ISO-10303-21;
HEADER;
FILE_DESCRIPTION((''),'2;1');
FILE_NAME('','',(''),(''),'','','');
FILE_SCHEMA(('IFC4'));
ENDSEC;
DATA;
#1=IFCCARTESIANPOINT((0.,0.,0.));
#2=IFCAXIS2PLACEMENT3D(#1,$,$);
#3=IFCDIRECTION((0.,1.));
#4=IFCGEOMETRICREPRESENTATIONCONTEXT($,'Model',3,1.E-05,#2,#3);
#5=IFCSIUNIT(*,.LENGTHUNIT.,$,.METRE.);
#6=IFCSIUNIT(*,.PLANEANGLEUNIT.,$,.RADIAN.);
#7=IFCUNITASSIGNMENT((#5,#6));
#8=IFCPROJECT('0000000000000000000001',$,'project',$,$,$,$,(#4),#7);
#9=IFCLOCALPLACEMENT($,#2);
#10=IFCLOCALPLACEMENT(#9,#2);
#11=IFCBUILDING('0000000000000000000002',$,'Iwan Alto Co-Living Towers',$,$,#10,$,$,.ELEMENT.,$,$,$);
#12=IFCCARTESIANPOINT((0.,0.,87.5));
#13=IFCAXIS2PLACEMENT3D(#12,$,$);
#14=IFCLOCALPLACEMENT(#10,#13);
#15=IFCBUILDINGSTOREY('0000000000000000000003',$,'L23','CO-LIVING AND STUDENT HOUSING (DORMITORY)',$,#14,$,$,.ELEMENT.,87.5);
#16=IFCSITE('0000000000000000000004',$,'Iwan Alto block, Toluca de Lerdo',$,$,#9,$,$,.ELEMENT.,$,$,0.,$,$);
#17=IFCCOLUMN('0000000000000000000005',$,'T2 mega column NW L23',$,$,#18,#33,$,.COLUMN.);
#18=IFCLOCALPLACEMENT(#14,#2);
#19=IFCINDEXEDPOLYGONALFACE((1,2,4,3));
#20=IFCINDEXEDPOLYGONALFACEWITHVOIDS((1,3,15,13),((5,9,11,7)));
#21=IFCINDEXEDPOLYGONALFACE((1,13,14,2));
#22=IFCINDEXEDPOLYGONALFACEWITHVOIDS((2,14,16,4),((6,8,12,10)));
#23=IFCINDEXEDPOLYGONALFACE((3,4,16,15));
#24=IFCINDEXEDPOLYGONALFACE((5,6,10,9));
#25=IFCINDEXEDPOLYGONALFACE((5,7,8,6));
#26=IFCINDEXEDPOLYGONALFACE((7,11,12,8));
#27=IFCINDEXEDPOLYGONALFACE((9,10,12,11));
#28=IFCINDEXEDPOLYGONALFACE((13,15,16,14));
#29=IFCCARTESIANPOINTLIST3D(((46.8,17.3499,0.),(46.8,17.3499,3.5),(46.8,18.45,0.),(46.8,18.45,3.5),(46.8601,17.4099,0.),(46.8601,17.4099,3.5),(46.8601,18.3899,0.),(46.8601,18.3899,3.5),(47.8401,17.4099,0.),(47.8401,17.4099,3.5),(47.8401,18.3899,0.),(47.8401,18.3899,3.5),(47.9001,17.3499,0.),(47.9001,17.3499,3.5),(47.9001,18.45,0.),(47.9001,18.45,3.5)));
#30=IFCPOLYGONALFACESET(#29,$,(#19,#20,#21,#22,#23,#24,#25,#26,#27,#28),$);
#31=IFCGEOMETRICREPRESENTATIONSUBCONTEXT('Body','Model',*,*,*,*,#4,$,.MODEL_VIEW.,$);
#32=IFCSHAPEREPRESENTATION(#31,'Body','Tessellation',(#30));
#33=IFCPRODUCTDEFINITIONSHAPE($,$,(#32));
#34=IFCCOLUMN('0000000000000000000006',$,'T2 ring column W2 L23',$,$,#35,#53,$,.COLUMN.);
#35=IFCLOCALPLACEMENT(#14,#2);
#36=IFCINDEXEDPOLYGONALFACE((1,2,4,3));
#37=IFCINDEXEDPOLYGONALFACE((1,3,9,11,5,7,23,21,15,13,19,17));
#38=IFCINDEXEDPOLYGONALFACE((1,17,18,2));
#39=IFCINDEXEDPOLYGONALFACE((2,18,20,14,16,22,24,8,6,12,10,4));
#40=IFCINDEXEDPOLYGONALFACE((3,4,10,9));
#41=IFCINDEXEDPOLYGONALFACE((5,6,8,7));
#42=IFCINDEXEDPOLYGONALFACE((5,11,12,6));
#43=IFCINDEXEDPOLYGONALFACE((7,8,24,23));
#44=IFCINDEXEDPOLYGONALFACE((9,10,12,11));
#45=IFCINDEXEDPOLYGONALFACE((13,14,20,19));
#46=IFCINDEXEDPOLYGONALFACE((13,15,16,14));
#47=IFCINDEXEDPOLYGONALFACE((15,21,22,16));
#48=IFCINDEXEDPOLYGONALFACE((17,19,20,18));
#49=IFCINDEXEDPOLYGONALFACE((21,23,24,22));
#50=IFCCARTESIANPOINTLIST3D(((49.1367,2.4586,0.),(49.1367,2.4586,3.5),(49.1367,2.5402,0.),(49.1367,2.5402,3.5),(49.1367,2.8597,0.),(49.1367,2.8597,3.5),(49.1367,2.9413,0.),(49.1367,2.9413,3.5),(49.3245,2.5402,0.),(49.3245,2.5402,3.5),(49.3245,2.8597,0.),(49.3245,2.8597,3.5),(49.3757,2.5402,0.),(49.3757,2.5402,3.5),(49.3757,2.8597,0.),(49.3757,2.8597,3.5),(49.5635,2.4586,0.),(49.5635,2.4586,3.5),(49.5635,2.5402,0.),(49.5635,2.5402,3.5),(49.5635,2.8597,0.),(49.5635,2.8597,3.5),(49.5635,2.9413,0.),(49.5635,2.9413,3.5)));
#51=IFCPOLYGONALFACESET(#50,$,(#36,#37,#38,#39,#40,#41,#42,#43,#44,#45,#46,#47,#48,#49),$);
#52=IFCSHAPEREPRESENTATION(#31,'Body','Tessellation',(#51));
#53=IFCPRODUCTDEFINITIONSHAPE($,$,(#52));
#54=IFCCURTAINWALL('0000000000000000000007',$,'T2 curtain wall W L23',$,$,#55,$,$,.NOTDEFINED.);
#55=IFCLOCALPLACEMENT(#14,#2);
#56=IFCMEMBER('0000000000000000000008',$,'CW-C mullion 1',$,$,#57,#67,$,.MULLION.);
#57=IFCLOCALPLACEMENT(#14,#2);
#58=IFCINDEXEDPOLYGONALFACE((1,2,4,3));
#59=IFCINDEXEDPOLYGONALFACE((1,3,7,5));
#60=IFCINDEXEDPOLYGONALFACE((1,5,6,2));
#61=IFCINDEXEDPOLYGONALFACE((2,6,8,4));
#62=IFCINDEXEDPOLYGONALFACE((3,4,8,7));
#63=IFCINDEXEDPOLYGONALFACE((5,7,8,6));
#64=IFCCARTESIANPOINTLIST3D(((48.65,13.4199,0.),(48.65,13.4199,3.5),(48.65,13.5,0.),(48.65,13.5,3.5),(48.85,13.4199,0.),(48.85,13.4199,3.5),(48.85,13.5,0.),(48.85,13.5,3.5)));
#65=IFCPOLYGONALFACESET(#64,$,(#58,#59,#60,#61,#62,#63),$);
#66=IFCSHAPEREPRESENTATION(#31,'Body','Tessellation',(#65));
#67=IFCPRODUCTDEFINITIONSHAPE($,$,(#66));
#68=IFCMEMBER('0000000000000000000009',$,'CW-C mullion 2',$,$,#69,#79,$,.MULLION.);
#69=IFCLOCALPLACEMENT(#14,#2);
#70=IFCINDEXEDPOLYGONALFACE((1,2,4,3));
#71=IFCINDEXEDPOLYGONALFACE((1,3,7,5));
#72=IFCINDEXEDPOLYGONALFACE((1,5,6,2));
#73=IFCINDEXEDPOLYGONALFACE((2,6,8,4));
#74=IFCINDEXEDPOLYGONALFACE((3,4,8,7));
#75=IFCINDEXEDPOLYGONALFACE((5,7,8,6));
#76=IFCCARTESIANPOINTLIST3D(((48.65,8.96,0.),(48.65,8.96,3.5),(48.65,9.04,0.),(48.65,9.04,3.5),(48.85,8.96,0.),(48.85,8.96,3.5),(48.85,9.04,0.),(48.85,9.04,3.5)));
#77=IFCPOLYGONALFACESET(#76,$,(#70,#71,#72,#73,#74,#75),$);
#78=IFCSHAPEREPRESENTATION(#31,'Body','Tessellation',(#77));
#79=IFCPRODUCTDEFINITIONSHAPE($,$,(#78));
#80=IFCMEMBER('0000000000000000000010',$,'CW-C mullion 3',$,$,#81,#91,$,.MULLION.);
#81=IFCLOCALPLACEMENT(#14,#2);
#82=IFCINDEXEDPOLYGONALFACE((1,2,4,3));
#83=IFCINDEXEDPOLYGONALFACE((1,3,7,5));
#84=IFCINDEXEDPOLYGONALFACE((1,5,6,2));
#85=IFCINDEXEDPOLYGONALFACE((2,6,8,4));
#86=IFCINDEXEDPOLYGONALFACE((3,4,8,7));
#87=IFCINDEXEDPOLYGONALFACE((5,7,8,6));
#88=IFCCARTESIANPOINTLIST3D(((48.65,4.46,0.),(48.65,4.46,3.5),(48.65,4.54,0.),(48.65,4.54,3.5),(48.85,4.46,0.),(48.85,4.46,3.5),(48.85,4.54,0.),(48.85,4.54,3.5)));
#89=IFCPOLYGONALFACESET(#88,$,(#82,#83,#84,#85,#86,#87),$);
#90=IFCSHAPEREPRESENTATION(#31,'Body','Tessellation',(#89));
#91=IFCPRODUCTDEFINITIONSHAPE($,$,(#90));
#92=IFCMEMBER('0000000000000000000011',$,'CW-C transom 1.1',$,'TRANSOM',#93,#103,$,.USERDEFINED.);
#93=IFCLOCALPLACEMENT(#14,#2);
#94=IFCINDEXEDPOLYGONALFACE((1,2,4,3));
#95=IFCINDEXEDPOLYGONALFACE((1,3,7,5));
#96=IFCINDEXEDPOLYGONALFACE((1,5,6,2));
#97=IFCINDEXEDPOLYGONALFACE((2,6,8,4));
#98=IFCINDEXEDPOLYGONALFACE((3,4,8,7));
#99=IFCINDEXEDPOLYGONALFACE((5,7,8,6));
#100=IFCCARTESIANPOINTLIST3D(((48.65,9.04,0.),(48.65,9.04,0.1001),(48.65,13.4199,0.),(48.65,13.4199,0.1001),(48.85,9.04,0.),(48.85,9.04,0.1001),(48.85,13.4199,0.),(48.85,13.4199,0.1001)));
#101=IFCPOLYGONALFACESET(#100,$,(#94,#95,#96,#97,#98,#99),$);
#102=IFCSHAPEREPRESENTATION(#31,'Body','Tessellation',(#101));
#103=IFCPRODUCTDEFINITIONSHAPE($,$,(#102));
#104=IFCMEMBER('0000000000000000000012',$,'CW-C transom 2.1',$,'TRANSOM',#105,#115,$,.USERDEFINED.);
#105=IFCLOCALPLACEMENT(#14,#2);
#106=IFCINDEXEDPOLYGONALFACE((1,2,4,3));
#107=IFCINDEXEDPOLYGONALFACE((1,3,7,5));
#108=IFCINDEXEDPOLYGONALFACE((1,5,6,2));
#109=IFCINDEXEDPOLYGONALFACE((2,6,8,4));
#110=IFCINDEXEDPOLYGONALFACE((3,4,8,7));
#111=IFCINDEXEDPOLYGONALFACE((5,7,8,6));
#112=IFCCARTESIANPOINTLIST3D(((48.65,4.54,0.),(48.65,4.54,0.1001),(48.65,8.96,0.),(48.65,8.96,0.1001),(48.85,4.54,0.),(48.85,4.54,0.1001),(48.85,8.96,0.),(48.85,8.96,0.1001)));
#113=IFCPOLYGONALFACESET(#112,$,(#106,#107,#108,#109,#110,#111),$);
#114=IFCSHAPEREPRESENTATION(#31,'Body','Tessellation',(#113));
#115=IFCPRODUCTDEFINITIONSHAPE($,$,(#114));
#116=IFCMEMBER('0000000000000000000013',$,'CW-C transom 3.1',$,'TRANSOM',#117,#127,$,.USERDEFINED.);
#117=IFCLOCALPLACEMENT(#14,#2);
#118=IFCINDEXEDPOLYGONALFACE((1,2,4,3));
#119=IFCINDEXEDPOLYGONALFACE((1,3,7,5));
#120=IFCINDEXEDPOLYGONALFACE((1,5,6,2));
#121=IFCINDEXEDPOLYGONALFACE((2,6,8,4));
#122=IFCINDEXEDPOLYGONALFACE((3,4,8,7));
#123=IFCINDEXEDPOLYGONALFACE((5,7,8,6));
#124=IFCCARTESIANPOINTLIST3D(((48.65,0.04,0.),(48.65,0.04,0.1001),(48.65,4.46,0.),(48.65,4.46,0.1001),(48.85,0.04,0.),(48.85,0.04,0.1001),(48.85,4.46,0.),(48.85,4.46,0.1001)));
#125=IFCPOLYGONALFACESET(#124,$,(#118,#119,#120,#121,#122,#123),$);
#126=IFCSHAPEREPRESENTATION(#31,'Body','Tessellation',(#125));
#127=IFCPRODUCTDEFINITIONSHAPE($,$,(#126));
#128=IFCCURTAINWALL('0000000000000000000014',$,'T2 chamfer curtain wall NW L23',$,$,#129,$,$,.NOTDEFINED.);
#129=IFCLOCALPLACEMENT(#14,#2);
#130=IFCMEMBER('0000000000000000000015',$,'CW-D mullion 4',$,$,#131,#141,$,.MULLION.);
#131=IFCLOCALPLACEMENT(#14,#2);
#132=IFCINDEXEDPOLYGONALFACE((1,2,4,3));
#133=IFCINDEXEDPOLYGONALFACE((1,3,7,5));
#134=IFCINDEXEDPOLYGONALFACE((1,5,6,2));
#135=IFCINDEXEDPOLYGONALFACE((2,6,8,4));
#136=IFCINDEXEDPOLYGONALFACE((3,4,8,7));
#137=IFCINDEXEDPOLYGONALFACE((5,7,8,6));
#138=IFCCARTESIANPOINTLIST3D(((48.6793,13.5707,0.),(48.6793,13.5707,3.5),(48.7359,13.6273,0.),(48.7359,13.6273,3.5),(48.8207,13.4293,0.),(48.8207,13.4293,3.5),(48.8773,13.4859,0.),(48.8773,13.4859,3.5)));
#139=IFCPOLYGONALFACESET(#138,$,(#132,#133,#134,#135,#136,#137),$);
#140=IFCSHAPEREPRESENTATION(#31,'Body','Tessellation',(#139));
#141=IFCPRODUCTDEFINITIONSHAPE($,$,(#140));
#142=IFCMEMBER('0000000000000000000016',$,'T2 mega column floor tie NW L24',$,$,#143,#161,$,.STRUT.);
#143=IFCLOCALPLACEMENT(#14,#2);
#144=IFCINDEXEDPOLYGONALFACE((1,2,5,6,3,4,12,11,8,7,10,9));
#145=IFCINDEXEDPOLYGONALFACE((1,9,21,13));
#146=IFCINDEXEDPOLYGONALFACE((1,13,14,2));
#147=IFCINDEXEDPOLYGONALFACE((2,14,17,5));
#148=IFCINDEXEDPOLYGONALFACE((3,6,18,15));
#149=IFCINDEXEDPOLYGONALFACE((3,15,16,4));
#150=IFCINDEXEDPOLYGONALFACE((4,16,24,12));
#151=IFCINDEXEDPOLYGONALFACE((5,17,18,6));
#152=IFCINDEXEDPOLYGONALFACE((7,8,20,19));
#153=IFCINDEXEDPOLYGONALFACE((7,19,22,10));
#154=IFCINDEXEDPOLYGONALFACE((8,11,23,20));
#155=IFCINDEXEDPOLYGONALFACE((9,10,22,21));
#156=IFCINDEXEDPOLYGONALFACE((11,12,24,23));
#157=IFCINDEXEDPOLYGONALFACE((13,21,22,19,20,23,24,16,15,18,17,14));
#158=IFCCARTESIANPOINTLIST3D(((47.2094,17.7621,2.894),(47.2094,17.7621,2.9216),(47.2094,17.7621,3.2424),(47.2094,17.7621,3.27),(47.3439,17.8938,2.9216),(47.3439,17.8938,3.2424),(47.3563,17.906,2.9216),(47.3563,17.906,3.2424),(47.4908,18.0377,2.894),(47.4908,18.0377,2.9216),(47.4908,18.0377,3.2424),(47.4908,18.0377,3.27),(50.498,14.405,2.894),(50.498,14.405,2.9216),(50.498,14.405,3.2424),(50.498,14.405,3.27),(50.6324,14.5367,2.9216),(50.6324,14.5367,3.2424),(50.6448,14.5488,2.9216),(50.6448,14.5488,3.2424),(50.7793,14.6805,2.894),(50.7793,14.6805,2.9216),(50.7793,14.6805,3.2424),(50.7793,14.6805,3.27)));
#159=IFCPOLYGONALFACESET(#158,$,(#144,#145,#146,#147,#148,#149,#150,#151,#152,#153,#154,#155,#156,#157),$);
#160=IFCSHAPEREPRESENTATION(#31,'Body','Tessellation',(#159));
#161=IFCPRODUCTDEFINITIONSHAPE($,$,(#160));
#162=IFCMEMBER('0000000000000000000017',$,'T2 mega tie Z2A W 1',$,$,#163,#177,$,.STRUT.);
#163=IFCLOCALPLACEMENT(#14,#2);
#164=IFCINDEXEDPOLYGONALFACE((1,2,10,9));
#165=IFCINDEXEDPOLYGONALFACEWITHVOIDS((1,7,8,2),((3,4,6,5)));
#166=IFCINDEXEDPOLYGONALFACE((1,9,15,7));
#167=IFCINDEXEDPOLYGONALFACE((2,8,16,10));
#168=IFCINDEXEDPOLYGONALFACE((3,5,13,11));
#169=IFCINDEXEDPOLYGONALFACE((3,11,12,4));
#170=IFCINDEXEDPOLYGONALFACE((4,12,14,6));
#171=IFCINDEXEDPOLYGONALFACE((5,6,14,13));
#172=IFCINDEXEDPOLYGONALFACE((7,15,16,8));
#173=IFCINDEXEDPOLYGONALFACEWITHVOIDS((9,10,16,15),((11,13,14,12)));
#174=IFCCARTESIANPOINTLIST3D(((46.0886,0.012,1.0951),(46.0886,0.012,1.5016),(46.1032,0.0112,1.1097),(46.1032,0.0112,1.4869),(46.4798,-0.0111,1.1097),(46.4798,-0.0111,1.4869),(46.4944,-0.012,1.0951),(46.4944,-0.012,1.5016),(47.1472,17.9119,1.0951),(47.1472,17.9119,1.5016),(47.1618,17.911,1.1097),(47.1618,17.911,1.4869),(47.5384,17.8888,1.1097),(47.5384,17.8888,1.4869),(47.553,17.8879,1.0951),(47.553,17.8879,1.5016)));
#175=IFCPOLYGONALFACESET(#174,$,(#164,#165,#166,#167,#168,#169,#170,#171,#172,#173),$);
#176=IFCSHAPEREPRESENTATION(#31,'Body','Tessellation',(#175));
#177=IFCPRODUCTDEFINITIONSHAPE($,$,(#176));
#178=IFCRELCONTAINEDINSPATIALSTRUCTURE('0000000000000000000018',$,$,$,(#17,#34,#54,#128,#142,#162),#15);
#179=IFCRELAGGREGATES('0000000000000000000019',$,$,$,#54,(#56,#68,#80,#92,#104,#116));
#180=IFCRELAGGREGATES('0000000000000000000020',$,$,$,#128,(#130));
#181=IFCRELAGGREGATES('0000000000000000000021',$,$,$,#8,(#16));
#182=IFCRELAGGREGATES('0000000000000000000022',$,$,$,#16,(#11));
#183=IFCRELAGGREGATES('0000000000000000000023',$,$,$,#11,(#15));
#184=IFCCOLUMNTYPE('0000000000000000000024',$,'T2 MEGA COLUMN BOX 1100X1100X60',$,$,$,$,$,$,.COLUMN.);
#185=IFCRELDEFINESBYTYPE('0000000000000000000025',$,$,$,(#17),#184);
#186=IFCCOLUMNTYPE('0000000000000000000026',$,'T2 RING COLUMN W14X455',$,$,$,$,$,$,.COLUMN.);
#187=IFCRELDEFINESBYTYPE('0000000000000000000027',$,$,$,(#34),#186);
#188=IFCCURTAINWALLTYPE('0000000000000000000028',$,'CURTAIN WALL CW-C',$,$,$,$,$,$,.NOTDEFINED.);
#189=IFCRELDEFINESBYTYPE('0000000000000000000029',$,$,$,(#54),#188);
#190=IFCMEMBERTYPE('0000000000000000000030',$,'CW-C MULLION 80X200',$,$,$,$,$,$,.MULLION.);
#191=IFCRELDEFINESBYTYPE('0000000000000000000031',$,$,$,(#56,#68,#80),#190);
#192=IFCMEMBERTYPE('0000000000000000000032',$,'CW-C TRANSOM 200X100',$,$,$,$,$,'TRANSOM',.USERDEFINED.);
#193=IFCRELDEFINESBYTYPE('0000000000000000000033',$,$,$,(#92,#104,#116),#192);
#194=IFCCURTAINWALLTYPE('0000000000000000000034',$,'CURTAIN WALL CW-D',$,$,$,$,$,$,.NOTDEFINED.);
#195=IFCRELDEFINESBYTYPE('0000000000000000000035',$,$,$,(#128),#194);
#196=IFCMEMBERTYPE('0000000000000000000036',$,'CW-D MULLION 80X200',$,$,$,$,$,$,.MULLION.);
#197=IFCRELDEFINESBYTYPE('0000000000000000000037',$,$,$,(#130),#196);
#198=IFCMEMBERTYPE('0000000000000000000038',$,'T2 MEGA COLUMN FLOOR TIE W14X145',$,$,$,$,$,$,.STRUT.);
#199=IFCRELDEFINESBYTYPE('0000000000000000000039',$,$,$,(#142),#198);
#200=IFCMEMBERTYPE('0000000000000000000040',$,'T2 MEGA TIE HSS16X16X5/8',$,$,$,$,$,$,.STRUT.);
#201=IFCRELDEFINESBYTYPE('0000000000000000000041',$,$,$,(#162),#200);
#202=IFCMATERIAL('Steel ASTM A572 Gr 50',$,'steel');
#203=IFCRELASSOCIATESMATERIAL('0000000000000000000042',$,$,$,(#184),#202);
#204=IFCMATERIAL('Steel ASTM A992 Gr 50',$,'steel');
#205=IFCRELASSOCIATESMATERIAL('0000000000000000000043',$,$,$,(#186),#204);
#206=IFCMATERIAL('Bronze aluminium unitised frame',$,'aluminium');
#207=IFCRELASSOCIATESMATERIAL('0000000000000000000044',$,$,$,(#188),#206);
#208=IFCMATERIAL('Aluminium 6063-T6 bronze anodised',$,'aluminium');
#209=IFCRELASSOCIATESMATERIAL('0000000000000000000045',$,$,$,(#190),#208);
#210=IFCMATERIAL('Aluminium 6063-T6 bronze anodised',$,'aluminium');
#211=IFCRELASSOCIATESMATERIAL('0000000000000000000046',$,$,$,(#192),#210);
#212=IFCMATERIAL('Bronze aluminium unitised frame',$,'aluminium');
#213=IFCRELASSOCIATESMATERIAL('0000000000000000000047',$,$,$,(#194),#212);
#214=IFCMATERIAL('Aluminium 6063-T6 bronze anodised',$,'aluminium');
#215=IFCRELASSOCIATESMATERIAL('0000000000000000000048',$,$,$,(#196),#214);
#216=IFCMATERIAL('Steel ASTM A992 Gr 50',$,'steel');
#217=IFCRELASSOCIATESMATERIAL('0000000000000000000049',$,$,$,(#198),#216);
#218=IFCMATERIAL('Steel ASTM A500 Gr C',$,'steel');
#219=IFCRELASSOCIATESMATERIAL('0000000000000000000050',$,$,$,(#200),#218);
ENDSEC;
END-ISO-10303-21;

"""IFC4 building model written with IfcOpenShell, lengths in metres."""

from ifc_helpers import new_model, si_unit, direction, frame, origin, origin_2d, place, context, subcontext, project, spatial, rectangle, hollow_rectangle, i_section, extrude, material, material_profile, profile_set, type_object, element, aggregate, save


model = new_model("IFC4")

# Units and contexts
model_context = context("Model", 3, precision=1e-05, world=origin(), true_north=direction((0.0, 1.0)))
body_context = subcontext(model_context, "Body", "Model", "MODEL_VIEW")
ifc_project = project(units=[si_unit("LENGTHUNIT", "METRE"), si_unit("PLANEANGLEUNIT", "RADIAN")], contexts=[model_context])

# Site, building, storey
site_placement = place(None, origin())
site = spatial("IfcSite", under=ifc_project, at=site_placement, Name="Iwan Alto block, Toluca de Lerdo", CompositionType="ELEMENT", RefElevation=0.0)
building_placement = place(site_placement, origin())
building = spatial("IfcBuilding", under=site, at=building_placement, Name="Iwan Alto Co-Living Towers", CompositionType="ELEMENT")
storey_placement = place(building_placement, frame((0.0, 0.0, 87.5)))
storey = spatial("IfcBuildingStorey", under=building, at=storey_placement, Name="L23", Description="CO-LIVING AND STUDENT HOUSING (DORMITORY)", CompositionType="ELEMENT", Elevation=87.5)

# Columns
ifc_material_1 = material(Name="Steel ASTM A572 Gr 50", Category="steel")
ifc_material_profile_1 = material_profile(ifc_material_1, hollow_rectangle(XDim=1.1001, YDim=1.1001, WallThickness=0.0601, at=origin_2d()), Name="BOX 1100X1100X60")
ifc_profile_set_1 = profile_set([ifc_material_profile_1], Name="Steel ASTM A572 Gr 50")
column_type_1 = type_object("IfcColumnType", Name="T2 MEGA COLUMN BOX 1100X1100X60", PredefinedType="COLUMN", material=ifc_profile_set_1)
column_1_placement = place(storey_placement, frame((47.3501, 17.8999, 0.0), z_axis=(0.0, 0.0, 1.0), x_axis=(1.0, 0.0, 0.0)))
element("IfcColumn", 1, at=column_1_placement, inside=storey, type_object=column_type_1, Name="T2 mega column NW L23", PredefinedType="COLUMN", context=body_context, shape_type="SweptSolid", body=[
    extrude(hollow_rectangle(XDim=1.1001, YDim=1.1001, WallThickness=0.0601, at=origin_2d()), origin(), (0.0, 0.0, 1.0), 3.5),
])
ifc_material_2 = material(Name="Steel ASTM A992 Gr 50", Category="steel")
ifc_material_profile_2 = material_profile(ifc_material_2, i_section(OverallWidth=0.4268, OverallDepth=0.4827, WebThickness=0.0513, FlangeThickness=0.0815, at=origin_2d()), Name="W14X455")
ifc_profile_set_2 = profile_set([ifc_material_profile_2], Name="Steel ASTM A992 Gr 50")
column_type_2 = type_object("IfcColumnType", Name="T2 RING COLUMN W14X455", PredefinedType="COLUMN", material=ifc_profile_set_2)
column_2_placement = place(storey_placement, frame((49.3501, 2.7, 0.0), z_axis=(0.0, 0.0, 1.0), x_axis=(1.0, 0.0, 0.0)))
element("IfcColumn", 2, at=column_2_placement, inside=storey, type_object=column_type_2, Name="T2 ring column W2 L23", PredefinedType="COLUMN", context=body_context, shape_type="SweptSolid", body=[
    extrude(i_section(OverallWidth=0.4268, OverallDepth=0.4827, WebThickness=0.0513, FlangeThickness=0.0815, at=origin_2d()), origin(), (0.0, 0.0, 1.0), 3.5),
])

# Curtain wall, members
ifc_material_3 = material(Name="Bronze aluminium unitised frame", Category="aluminium")
curtain_wall_type_1 = type_object("IfcCurtainWallType", Name="CURTAIN WALL CW-C", PredefinedType="NOTDEFINED", material=ifc_material_3)
curtain_wall_1_placement = place(storey_placement, origin())
curtain_wall_1 = element("IfcCurtainWall", 3, at=curtain_wall_1_placement, inside=storey, type_object=curtain_wall_type_1, Name="T2 curtain wall W L23", PredefinedType="NOTDEFINED")
ifc_material_4 = material(Name="Aluminium 6063-T6 bronze anodised", Category="aluminium")
ifc_material_profile_3 = material_profile(ifc_material_4, rectangle(XDim=0.2, YDim=0.0801, at=origin_2d()), Name="AL 80X200")
ifc_profile_set_3 = profile_set([ifc_material_profile_3], Name="Aluminium 6063-T6 bronze anodised")
member_type_1 = type_object("IfcMemberType", Name="CW-C MULLION 80X200", PredefinedType="MULLION", material=ifc_profile_set_3)
member_1_placement = place(storey_placement, frame((48.75, 13.46, 0.0), z_axis=(0.0, 0.0, 1.0), x_axis=(1.0, 0.0, 0.0)))
member_1 = element("IfcMember", 4, at=member_1_placement, type_object=member_type_1, Name="CW-C mullion 1", PredefinedType="MULLION", context=body_context, shape_type="SweptSolid", body=[
    extrude(rectangle(XDim=0.2, YDim=0.0801, at=origin_2d()), origin(), (0.0, 0.0, 1.0), 3.5),
])
member_2_placement = place(storey_placement, frame((48.75, 9.0, 0.0), z_axis=(0.0, 0.0, 1.0), x_axis=(1.0, 0.0, 0.0)))
member_2 = element("IfcMember", 5, at=member_2_placement, type_object=member_type_1, Name="CW-C mullion 2", PredefinedType="MULLION", context=body_context, shape_type="SweptSolid", body=[
    extrude(rectangle(XDim=0.2, YDim=0.0801, at=origin_2d()), origin(), (0.0, 0.0, 1.0), 3.5),
])
member_3_placement = place(storey_placement, frame((48.75, 4.5, 0.0), z_axis=(0.0, 0.0, 1.0), x_axis=(1.0, 0.0, 0.0)))
member_3 = element("IfcMember", 6, at=member_3_placement, type_object=member_type_1, Name="CW-C mullion 3", PredefinedType="MULLION", context=body_context, shape_type="SweptSolid", body=[
    extrude(rectangle(XDim=0.2, YDim=0.0801, at=origin_2d()), origin(), (0.0, 0.0, 1.0), 3.5),
])
ifc_material_5 = material(Name="Aluminium 6063-T6 bronze anodised", Category="aluminium")
ifc_material_profile_4 = material_profile(ifc_material_5, rectangle(XDim=0.2, YDim=0.1001, at=origin_2d()), Name="AL 200X100")
ifc_profile_set_4 = profile_set([ifc_material_profile_4], Name="Aluminium 6063-T6 bronze anodised")
member_type_2 = type_object("IfcMemberType", Name="CW-C TRANSOM 200X100", ElementType="TRANSOM", PredefinedType="USERDEFINED", material=ifc_profile_set_4)
member_4_placement = place(storey_placement, frame((48.75, 13.4199, 0.05), z_axis=(0.0, -1.0, 0.0), x_axis=(1.0, 0.0, 0.0)))
member_4 = element("IfcMember", 7, at=member_4_placement, type_object=member_type_2, Name="CW-C transom 1.1", ObjectType="TRANSOM", PredefinedType="USERDEFINED", context=body_context, shape_type="SweptSolid", body=[
    extrude(rectangle(XDim=0.2, YDim=0.1001, at=origin_2d()), origin(), (0.0, 0.0, 1.0), 4.3799),
])
member_5_placement = place(storey_placement, frame((48.75, 8.96, 0.05), z_axis=(0.0, -1.0, 0.0), x_axis=(1.0, 0.0, 0.0)))
member_5 = element("IfcMember", 8, at=member_5_placement, type_object=member_type_2, Name="CW-C transom 2.1", ObjectType="TRANSOM", PredefinedType="USERDEFINED", context=body_context, shape_type="SweptSolid", body=[
    extrude(rectangle(XDim=0.2, YDim=0.1001, at=origin_2d()), origin(), (0.0, 0.0, 1.0), 4.4199),
])
member_6_placement = place(storey_placement, frame((48.75, 4.46, 0.05), z_axis=(0.0, -1.0, 0.0), x_axis=(1.0, 0.0, 0.0)))
member_6 = element("IfcMember", 9, at=member_6_placement, type_object=member_type_2, Name="CW-C transom 3.1", ObjectType="TRANSOM", PredefinedType="USERDEFINED", context=body_context, shape_type="SweptSolid", body=[
    extrude(rectangle(XDim=0.2, YDim=0.1001, at=origin_2d()), origin(), (0.0, 0.0, 1.0), 4.4199),
])

# Curtain wall, member
ifc_material_6 = material(Name="Bronze aluminium unitised frame", Category="aluminium")
curtain_wall_type_2 = type_object("IfcCurtainWallType", Name="CURTAIN WALL CW-D", PredefinedType="NOTDEFINED", material=ifc_material_6)
curtain_wall_2_placement = place(storey_placement, origin())
curtain_wall_2 = element("IfcCurtainWall", 10, at=curtain_wall_2_placement, inside=storey, type_object=curtain_wall_type_2, Name="T2 chamfer curtain wall NW L23", PredefinedType="NOTDEFINED")
ifc_material_7 = material(Name="Aluminium 6063-T6 bronze anodised", Category="aluminium")
ifc_material_profile_5 = material_profile(ifc_material_7, rectangle(XDim=0.2, YDim=0.0801, at=origin_2d()), Name="AL 80X200")
ifc_profile_set_5 = profile_set([ifc_material_profile_5], Name="Aluminium 6063-T6 bronze anodised")
member_type_3 = type_object("IfcMemberType", Name="CW-D MULLION 80X200", PredefinedType="MULLION", material=ifc_profile_set_5)
member_7_placement = place(storey_placement, frame((48.7783, 13.5283, 0.0), z_axis=(0.0, 0.0, 1.0), x_axis=(0.707107, -0.707107, 0.0)))
member_7 = element("IfcMember", 11, at=member_7_placement, type_object=member_type_3, Name="CW-D mullion 4", PredefinedType="MULLION", context=body_context, shape_type="SweptSolid", body=[
    extrude(rectangle(XDim=0.2, YDim=0.0801, at=origin_2d()), origin(), (0.0, 0.0, 1.0), 3.5),
])

# Members
ifc_material_8 = material(Name="Steel ASTM A992 Gr 50", Category="steel")
ifc_material_profile_6 = material_profile(ifc_material_8, i_section(OverallWidth=0.3938, OverallDepth=0.376, WebThickness=0.0173, FlangeThickness=0.0276, at=origin_2d()), Name="W14X145")
ifc_profile_set_6 = profile_set([ifc_material_profile_6], Name="Steel ASTM A992 Gr 50")
member_type_4 = type_object("IfcMemberType", Name="T2 MEGA COLUMN FLOOR TIE W14X145", PredefinedType="STRUT", material=ifc_profile_set_6)
member_8_placement = place(storey_placement, frame((47.3501, 17.8999, 3.082), z_axis=(0.69977, -0.714368, 0.0), x_axis=(0.714368, 0.69977, 0.0)))
element("IfcMember", 12, at=member_8_placement, inside=storey, type_object=member_type_4, Name="T2 mega column floor tie NW L24", PredefinedType="STRUT", context=body_context, shape_type="SweptSolid", body=[
    extrude(i_section(OverallWidth=0.3938, OverallDepth=0.376, WebThickness=0.0173, FlangeThickness=0.0276, at=origin_2d()), origin(), (0.0, 0.0, 1.0), 4.6995),
])
ifc_material_9 = material(Name="Steel ASTM A500 Gr C", Category="steel")
ifc_material_profile_7 = material_profile(ifc_material_9, hollow_rectangle(XDim=0.4065, YDim=0.4065, WallThickness=0.0146, at=origin_2d()), Name="HSS16X16X5/8")
ifc_profile_set_7 = profile_set([ifc_material_profile_7], Name="Steel ASTM A500 Gr C")
member_type_5 = type_object("IfcMemberType", Name="T2 MEGA TIE HSS16X16X5/8", PredefinedType="STRUT", material=ifc_profile_set_7)
member_9_placement = place(storey_placement, frame((47.3501, 17.8999, 1.2983), z_axis=(-0.059036, -0.998256, 0.0), x_axis=(0.998256, -0.059036, 0.0)))
element("IfcMember", 13, at=member_9_placement, inside=storey, type_object=member_type_5, Name="T2 mega tie Z2A W 1", PredefinedType="STRUT", context=body_context, shape_type="SweptSolid", body=[
    extrude(hollow_rectangle(XDim=0.4065, YDim=0.4065, WallThickness=0.0146, at=origin_2d()), origin(), (0.0, 0.0, 1.0), 17.9312),
])

aggregate(curtain_wall_1, [member_1, member_2, member_3, member_4, member_5, member_6])
aggregate(curtain_wall_2, [member_7])

save(model, "model.ifc")
